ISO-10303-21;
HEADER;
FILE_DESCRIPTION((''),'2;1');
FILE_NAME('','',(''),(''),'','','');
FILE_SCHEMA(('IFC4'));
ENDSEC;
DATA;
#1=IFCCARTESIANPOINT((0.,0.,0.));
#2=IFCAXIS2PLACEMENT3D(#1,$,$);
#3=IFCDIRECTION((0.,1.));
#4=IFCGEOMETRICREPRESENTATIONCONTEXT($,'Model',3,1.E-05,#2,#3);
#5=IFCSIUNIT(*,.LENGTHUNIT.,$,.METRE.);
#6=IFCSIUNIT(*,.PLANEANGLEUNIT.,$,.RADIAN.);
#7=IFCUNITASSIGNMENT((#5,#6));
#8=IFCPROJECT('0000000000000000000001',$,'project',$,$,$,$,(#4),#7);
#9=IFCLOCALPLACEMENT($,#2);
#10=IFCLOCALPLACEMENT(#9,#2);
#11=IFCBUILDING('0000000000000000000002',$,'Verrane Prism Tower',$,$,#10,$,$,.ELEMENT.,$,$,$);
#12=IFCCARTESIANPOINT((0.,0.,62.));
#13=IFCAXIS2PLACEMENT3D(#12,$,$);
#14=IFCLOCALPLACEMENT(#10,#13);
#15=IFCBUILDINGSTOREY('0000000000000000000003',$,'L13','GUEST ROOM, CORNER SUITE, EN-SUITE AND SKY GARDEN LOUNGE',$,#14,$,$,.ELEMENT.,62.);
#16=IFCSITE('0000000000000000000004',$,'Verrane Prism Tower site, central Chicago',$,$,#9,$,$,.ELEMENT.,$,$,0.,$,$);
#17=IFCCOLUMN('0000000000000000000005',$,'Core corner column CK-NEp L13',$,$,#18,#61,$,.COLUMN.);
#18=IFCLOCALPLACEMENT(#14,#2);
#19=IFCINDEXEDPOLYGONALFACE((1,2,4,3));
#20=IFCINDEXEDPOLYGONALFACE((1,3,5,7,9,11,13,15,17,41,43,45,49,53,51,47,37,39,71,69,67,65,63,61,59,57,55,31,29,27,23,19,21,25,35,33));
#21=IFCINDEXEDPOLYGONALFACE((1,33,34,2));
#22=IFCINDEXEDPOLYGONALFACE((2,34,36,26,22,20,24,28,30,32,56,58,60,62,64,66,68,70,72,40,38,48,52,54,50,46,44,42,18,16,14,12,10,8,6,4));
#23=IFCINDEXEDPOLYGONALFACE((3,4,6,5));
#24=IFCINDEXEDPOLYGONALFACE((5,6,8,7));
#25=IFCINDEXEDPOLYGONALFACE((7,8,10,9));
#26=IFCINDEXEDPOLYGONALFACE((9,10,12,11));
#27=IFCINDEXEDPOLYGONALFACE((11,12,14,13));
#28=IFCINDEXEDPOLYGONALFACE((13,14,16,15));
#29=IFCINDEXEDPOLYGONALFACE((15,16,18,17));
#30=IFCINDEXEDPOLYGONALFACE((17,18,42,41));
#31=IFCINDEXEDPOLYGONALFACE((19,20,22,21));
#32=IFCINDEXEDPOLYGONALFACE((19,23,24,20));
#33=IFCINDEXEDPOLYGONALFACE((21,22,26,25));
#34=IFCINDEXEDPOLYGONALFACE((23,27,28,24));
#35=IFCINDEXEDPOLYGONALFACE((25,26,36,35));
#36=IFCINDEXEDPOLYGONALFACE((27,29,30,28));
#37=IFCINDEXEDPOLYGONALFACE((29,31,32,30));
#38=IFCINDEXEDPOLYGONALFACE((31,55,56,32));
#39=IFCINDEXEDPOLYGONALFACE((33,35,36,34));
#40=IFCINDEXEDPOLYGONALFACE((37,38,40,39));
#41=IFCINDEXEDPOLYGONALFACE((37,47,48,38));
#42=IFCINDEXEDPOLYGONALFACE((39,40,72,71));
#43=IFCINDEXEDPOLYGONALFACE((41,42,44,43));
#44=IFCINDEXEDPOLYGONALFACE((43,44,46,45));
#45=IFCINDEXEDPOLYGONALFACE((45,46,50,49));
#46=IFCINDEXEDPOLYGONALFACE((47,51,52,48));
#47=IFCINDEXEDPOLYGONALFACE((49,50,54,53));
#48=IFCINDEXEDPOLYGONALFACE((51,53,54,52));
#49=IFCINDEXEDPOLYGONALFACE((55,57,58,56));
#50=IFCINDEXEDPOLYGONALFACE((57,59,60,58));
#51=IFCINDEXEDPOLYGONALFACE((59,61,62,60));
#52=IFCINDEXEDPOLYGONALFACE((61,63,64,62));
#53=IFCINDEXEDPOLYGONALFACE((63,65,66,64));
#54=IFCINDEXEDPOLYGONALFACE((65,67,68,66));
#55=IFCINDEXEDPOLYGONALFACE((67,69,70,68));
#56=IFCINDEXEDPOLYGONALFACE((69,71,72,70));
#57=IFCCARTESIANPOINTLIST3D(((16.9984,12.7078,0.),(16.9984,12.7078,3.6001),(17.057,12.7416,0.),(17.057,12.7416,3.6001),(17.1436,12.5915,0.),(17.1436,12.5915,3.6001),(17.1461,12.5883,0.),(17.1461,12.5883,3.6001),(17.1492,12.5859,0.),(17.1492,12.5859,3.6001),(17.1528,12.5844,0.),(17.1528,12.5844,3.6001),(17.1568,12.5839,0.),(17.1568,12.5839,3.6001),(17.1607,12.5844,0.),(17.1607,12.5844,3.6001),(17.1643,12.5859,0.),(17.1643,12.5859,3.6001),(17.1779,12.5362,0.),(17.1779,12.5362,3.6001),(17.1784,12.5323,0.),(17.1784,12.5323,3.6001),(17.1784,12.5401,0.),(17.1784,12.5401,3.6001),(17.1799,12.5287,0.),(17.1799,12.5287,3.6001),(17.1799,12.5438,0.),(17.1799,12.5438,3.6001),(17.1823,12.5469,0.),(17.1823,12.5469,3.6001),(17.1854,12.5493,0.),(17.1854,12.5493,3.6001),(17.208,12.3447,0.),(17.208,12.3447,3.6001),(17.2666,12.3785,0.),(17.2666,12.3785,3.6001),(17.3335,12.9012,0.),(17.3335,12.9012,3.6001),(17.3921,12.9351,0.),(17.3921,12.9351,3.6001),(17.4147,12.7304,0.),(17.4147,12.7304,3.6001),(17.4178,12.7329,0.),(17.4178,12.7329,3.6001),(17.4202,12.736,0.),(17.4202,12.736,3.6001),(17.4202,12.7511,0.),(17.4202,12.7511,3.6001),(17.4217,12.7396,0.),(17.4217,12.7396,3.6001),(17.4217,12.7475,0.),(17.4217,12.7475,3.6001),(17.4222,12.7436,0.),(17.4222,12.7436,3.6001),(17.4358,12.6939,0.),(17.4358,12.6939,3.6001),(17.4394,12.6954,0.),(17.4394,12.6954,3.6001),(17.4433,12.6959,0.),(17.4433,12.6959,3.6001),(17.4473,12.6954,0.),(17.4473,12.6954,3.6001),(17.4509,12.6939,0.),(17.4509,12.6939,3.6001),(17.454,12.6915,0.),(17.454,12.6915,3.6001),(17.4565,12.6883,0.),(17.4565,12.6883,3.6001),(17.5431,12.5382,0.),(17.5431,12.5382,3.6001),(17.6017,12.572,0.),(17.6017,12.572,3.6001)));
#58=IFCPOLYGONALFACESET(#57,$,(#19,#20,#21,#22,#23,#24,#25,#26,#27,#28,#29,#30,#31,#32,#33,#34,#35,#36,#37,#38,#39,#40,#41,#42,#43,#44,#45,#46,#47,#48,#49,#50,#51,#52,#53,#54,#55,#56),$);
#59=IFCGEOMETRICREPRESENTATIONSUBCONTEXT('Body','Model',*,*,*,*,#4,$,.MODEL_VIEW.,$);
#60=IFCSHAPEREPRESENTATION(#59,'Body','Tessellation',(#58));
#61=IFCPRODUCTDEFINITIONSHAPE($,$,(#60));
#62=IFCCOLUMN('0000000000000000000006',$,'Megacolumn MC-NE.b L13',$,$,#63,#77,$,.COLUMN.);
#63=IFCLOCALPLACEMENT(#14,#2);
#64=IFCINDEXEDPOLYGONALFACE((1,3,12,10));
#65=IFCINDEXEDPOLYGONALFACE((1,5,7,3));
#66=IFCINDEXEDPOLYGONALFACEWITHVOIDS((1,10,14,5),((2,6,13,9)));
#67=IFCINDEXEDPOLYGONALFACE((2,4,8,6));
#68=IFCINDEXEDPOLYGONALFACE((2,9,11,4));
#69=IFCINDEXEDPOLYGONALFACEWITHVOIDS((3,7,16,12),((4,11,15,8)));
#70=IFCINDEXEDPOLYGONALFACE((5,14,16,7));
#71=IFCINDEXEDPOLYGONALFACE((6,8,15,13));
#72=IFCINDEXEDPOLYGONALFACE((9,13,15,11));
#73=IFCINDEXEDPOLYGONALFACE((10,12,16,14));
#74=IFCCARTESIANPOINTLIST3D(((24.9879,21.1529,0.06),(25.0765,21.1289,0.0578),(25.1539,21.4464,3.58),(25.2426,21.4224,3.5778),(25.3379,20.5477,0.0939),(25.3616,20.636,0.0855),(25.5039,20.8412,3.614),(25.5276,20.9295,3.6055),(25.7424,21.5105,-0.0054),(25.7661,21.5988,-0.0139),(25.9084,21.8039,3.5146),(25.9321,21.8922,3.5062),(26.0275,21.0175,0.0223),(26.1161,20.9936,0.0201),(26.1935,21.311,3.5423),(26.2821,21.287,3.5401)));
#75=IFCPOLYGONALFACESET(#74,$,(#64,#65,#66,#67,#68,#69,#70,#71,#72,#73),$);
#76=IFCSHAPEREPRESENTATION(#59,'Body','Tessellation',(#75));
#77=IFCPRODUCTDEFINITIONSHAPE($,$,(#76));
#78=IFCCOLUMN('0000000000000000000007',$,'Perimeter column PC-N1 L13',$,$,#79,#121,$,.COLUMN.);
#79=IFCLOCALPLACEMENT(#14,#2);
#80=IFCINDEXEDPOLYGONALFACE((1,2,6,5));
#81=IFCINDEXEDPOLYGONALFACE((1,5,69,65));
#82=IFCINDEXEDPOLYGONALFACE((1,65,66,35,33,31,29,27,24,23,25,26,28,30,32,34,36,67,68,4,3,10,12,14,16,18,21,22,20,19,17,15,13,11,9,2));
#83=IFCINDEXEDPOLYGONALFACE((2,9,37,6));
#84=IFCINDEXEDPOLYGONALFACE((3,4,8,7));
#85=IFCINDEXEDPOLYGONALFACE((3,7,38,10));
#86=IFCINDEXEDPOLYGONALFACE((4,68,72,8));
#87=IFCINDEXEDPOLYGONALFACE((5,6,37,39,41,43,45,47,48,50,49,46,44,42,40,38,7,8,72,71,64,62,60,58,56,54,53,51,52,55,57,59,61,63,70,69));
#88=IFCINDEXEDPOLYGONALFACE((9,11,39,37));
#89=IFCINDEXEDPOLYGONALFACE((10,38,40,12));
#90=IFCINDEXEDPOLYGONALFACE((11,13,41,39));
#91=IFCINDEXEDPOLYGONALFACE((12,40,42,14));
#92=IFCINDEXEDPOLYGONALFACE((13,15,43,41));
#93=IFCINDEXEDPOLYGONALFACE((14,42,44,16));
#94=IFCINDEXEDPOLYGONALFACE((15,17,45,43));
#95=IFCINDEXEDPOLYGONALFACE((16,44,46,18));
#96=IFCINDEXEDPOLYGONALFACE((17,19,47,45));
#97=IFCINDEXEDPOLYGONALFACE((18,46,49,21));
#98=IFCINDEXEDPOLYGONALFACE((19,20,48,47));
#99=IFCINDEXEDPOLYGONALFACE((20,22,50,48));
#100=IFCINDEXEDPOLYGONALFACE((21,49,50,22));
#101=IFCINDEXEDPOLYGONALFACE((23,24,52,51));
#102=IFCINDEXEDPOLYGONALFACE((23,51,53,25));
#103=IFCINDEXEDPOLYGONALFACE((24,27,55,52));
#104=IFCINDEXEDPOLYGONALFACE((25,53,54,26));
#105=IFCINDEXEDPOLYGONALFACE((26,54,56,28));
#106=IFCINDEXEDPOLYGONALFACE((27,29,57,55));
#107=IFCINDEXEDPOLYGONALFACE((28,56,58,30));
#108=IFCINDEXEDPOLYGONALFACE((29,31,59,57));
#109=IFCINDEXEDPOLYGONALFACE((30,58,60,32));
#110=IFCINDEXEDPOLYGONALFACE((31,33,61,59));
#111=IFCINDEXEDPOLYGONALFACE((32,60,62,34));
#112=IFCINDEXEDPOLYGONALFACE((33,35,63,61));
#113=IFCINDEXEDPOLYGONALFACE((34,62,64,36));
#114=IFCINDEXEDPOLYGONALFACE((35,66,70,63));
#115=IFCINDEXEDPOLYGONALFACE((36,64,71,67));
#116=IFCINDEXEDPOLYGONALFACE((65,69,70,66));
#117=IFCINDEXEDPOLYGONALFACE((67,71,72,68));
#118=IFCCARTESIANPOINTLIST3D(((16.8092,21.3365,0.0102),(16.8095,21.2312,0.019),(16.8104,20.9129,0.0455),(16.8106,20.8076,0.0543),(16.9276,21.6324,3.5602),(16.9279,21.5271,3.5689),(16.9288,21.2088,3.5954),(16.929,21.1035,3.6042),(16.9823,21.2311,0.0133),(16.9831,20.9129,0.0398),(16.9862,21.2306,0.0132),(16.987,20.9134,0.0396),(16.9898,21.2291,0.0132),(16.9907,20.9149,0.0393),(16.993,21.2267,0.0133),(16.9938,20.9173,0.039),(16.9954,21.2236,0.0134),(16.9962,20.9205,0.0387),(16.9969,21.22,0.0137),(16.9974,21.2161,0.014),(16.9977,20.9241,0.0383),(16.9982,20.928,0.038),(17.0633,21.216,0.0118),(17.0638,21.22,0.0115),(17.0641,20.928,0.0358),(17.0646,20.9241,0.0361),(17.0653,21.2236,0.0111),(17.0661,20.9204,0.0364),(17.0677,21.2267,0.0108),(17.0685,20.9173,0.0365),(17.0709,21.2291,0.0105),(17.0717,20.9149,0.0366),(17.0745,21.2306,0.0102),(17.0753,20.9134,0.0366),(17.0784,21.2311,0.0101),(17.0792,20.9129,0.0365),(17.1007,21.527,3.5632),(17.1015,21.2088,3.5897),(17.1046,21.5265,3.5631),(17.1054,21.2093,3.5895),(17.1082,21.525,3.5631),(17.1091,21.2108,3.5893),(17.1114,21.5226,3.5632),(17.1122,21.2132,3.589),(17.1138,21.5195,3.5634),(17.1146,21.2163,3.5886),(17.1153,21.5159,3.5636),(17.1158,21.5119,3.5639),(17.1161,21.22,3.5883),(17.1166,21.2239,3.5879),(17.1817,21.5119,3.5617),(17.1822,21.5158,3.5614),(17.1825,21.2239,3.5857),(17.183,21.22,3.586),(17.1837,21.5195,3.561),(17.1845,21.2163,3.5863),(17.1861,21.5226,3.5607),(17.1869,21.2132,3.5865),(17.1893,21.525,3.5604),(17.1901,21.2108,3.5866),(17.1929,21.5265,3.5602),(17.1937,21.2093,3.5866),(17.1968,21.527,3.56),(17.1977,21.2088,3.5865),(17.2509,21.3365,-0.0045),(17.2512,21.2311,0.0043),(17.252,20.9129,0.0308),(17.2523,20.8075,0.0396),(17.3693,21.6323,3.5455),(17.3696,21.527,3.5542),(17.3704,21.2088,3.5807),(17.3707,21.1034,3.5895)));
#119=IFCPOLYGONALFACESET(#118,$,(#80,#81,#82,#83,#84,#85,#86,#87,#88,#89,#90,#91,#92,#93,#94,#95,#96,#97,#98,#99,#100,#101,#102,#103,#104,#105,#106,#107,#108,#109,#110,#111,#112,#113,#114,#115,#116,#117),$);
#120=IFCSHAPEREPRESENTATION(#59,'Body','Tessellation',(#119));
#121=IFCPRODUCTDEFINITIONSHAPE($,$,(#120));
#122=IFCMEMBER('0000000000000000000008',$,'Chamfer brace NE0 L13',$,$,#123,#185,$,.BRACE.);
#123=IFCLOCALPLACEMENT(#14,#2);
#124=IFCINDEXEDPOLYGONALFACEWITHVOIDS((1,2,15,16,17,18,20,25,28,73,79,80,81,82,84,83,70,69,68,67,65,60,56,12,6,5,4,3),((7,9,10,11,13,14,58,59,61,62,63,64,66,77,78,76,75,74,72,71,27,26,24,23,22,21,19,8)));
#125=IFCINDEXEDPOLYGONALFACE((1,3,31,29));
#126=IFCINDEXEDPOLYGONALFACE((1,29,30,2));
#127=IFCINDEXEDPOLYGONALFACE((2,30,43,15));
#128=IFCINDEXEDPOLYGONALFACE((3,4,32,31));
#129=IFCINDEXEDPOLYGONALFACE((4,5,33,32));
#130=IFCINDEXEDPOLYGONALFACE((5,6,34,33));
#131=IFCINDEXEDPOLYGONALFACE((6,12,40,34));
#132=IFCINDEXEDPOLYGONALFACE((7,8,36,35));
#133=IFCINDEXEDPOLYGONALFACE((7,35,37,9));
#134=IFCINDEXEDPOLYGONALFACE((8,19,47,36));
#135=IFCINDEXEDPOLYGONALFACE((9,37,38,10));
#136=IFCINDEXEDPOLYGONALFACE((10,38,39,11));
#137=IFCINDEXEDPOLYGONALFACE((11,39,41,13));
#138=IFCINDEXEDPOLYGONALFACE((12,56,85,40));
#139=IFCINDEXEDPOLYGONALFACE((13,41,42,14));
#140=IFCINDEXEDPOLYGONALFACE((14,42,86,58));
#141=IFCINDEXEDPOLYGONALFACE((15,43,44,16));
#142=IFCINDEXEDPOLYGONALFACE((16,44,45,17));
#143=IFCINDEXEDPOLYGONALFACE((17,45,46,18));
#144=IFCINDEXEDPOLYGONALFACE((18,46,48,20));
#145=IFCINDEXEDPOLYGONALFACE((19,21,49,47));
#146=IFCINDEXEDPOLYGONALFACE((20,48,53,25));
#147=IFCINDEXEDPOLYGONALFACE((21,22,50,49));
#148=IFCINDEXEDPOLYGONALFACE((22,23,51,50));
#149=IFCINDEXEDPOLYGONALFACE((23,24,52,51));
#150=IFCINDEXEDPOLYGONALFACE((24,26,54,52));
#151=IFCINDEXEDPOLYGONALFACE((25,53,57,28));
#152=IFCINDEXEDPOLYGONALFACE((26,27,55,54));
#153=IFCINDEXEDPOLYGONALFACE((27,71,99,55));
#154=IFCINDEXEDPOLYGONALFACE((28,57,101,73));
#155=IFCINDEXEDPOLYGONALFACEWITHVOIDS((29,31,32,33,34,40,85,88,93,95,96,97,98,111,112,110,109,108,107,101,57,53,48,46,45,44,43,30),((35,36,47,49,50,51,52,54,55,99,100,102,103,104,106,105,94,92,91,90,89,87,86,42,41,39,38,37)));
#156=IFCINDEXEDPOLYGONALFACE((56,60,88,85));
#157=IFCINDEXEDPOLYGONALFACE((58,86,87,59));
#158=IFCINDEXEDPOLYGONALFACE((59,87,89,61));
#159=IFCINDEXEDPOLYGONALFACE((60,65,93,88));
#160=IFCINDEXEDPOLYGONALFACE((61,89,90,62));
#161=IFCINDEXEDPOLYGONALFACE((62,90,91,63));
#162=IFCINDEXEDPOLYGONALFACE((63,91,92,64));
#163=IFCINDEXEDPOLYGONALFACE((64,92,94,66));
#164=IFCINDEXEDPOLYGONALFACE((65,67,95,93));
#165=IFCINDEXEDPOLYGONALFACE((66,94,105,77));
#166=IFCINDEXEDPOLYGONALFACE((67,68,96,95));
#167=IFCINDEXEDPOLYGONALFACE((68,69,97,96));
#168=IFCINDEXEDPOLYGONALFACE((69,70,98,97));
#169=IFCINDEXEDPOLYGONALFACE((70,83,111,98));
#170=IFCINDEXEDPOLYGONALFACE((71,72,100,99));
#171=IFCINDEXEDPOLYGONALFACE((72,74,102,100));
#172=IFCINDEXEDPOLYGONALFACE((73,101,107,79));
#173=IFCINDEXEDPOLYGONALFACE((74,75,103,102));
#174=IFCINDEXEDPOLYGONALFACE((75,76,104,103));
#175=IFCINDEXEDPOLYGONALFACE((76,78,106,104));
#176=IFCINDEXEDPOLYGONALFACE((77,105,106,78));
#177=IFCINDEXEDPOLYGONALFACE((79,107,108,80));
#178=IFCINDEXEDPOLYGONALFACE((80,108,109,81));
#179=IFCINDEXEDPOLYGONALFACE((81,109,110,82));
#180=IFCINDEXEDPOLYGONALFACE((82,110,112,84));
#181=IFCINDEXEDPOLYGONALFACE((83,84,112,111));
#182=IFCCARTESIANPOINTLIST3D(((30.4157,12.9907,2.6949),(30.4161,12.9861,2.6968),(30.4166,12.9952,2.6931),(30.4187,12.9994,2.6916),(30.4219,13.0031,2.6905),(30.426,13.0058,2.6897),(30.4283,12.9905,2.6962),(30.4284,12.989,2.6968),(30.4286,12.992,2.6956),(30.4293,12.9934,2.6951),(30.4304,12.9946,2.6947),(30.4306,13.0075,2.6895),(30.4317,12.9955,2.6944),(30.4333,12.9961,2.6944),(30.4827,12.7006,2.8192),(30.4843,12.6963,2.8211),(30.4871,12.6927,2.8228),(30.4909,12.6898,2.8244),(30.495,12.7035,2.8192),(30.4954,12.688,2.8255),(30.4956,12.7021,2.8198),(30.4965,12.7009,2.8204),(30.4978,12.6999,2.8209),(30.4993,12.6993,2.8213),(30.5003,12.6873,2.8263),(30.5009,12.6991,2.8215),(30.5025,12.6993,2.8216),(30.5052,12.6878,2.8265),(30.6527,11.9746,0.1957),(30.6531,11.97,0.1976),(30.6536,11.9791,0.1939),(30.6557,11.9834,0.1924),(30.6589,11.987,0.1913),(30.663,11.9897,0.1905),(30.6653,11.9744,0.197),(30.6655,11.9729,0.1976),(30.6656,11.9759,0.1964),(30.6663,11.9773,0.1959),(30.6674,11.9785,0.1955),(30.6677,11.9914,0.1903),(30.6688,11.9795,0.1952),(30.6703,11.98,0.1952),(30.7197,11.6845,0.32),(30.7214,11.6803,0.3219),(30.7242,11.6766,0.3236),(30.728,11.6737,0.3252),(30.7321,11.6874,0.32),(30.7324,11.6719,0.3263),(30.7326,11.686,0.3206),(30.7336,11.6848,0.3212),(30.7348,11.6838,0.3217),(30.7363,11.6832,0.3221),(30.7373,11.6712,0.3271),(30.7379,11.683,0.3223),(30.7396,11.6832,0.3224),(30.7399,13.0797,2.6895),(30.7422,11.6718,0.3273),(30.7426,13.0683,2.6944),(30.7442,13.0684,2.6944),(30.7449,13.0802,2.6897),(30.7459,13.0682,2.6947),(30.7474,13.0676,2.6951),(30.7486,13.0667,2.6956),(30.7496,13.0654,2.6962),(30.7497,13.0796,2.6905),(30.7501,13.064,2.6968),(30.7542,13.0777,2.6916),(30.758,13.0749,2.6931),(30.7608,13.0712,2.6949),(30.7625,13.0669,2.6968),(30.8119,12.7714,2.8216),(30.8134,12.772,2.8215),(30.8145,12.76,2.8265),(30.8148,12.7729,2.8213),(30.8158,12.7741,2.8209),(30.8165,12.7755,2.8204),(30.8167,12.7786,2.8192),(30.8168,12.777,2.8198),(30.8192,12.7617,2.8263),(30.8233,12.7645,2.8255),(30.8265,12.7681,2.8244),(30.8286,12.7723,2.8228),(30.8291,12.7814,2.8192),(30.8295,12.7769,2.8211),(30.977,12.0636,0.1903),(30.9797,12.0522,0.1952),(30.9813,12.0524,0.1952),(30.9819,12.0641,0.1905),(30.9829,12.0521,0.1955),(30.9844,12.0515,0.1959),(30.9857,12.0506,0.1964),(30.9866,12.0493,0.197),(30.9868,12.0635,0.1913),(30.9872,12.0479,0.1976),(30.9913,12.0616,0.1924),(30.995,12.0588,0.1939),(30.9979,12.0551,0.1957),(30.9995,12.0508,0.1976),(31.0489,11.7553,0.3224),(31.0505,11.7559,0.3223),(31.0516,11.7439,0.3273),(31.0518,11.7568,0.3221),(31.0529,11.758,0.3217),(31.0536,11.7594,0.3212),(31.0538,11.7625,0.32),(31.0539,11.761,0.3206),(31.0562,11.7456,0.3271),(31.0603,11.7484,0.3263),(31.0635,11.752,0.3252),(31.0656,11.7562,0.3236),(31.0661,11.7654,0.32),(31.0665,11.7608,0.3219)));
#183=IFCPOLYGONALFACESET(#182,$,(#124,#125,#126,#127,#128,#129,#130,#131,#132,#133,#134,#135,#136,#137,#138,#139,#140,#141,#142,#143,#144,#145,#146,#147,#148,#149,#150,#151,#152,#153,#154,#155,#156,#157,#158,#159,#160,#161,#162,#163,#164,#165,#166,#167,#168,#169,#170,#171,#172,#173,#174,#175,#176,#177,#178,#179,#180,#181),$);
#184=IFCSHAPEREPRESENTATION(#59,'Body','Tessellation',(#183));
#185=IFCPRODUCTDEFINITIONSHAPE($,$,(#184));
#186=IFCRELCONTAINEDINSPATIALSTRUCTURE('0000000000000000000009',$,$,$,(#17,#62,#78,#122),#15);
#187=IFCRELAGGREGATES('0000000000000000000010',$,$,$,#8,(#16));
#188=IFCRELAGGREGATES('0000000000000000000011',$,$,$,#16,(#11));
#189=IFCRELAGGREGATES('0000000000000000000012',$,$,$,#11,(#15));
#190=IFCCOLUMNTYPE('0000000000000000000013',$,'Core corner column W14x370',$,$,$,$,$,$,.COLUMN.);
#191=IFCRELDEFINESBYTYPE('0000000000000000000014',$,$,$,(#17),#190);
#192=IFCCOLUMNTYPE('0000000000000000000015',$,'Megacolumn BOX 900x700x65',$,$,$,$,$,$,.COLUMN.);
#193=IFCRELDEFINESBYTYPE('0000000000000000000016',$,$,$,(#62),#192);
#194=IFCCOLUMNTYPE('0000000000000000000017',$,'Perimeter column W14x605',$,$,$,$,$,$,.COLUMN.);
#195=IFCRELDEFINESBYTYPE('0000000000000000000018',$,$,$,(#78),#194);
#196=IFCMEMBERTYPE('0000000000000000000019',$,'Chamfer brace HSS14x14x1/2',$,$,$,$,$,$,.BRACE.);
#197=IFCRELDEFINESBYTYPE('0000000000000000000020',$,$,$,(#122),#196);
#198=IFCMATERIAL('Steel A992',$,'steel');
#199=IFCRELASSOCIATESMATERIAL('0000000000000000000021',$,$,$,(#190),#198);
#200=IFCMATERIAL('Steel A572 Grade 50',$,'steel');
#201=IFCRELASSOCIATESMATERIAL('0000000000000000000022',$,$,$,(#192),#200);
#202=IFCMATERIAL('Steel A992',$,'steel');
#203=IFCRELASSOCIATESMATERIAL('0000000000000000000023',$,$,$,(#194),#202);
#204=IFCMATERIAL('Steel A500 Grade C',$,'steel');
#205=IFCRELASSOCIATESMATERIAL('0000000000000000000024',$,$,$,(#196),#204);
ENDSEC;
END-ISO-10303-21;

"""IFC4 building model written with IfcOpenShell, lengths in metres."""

from ifc_helpers import new_model, si_unit, direction, frame, origin, origin_2d, place, context, subcontext, project, spatial, hollow_rectangle, i_section, extrude, material, material_profile, profile_set, type_object, element, save


model = new_model("IFC4")

# Units and contexts
model_context = context("Model", 3, precision=1e-05, world=origin(), true_north=direction((0.0, 1.0)))
body_context = subcontext(model_context, "Body", "Model", "MODEL_VIEW")
ifc_project = project(units=[si_unit("LENGTHUNIT", "METRE"), si_unit("PLANEANGLEUNIT", "RADIAN")], contexts=[model_context])

# Site, building, storey
site_placement = place(None, origin())
site = spatial("IfcSite", under=ifc_project, at=site_placement, Name="Verrane Prism Tower site, central Chicago", CompositionType="ELEMENT", RefElevation=0.0)
building_placement = place(site_placement, origin())
building = spatial("IfcBuilding", under=site, at=building_placement, Name="Verrane Prism Tower", CompositionType="ELEMENT")
storey_placement = place(building_placement, frame((0.0, 0.0, 62.0)))
storey = spatial("IfcBuildingStorey", under=building, at=storey_placement, Name="L13", Description="GUEST ROOM, CORNER SUITE, EN-SUITE AND SKY GARDEN LOUNGE", CompositionType="ELEMENT", Elevation=62.0)

# Columns
ifc_material_1 = material(Name="Steel A992", Category="steel")
ifc_material_profile_1 = material_profile(ifc_material_1, i_section(OverallWidth=0.4192, OverallDepth=0.4546, WebThickness=0.0422, FlangeThickness=0.0676, FilletRadius=0.0151, at=origin_2d()), Name="W14x370")
ifc_profile_set_1 = profile_set([ifc_material_profile_1], Name="Steel A992")
column_type_1 = type_object("IfcColumnType", Name="Core corner column W14x370", PredefinedType="COLUMN", material=ifc_profile_set_1)
column_1_placement = place(storey_placement, frame((17.3, 12.6399, 0.0), z_axis=(0.0, 0.0, 1.0), x_axis=(0.5, -0.866025, 0.0)))
element("IfcColumn", 1, at=column_1_placement, inside=storey, type_object=column_type_1, Name="Core corner column CK-NEp L13", PredefinedType="COLUMN", context=body_context, shape_type="SweptSolid", body=[
    extrude(i_section(OverallWidth=0.4192, OverallDepth=0.4546, WebThickness=0.0422, FlangeThickness=0.0676, FilletRadius=0.0151, at=origin_2d()), origin(), (0.0, 0.0, 1.0), 3.6001),
])
ifc_material_2 = material(Name="Steel A572 Grade 50", Category="steel")
ifc_material_profile_2 = material_profile(ifc_material_2, hollow_rectangle(XDim=0.7, YDim=0.8999, WallThickness=0.0649, at=origin_2d()), Name="BOX 900x700x65")
ifc_profile_set_2 = profile_set([ifc_material_profile_2], Name="Steel A572 Grade 50")
column_type_2 = type_object("IfcColumnType", Name="Megacolumn BOX 900x700x65", PredefinedType="COLUMN", material=ifc_profile_set_2)
column_2_placement = place(storey_placement, frame((25.552, 21.0732, 0.04), z_axis=(0.046948, 0.082988, 0.995444), x_axis=(0.500029, -0.86465, 0.048501)))
element("IfcColumn", 2, at=column_2_placement, inside=storey, type_object=column_type_2, Name="Megacolumn MC-NE.b L13", PredefinedType="COLUMN", context=body_context, shape_type="SweptSolid", body=[
    extrude(hollow_rectangle(XDim=0.7, YDim=0.8999, WallThickness=0.0649, at=origin_2d()), origin(), (0.0, 0.0, 1.0), 3.5361),
])
ifc_material_3 = material(Name="Steel A992", Category="steel")
ifc_material_profile_3 = material_profile(ifc_material_3, i_section(OverallWidth=0.4419, OverallDepth=0.5308, WebThickness=0.0659, FlangeThickness=0.1057, FilletRadius=0.0151, at=origin_2d()), Name="W14x605")
ifc_profile_set_3 = profile_set([ifc_material_profile_3], Name="Steel A992")
column_type_3 = type_object("IfcColumnType", Name="Perimeter column W14x605", PredefinedType="COLUMN", material=ifc_profile_set_3)
column_3_placement = place(storey_placement, frame((17.0308, 21.072, 0.0249), z_axis=(0.03322, 0.083017, 0.995994), x_axis=(0.999445, -0.000143, -0.033324)))
element("IfcColumn", 3, at=column_3_placement, inside=storey, type_object=column_type_3, Name="Perimeter column PC-N1 L13", PredefinedType="COLUMN", context=body_context, shape_type="SweptSolid", body=[
    extrude(i_section(OverallWidth=0.4419, OverallDepth=0.5308, WebThickness=0.0659, FlangeThickness=0.1057, FilletRadius=0.0151, at=origin_2d()), origin(), (0.0, 0.0, 1.0), 3.5642),
])

# Member
ifc_material_4 = material(Name="Steel A500 Grade C", Category="steel")
ifc_material_profile_4 = material_profile(ifc_material_4, hollow_rectangle(XDim=0.3557, YDim=0.3557, WallThickness=0.0127, InnerFilletRadius=0.0063, OuterFilletRadius=0.019, at=origin_2d()), Name="HSS14x14x1/2")
ifc_profile_set_4 = profile_set([ifc_material_profile_4], Name="Steel A500 Grade C")
member_type_1 = type_object("IfcMemberType", Name="Chamfer brace HSS14x14x1/2", PredefinedType="BRACE", material=ifc_profile_set_4)
member_1_placement = place(storey_placement, frame((30.8596, 11.8677, 0.2588), z_axis=(-0.08753, 0.375181, 0.922809), x_axis=(-0.973848, -0.2272, 0.0)))
element("IfcMember", 4, at=member_1_placement, inside=storey, type_object=member_type_1, Name="Chamfer brace NE0 L13", PredefinedType="BRACE", context=body_context, shape_type="SweptSolid", body=[
    extrude(hollow_rectangle(XDim=0.3557, YDim=0.3557, WallThickness=0.0127, InnerFilletRadius=0.0063, OuterFilletRadius=0.019, at=origin_2d()), origin(), (0.0, 0.0, 1.0), 2.7083),
])

save(model, "model.ifc")
